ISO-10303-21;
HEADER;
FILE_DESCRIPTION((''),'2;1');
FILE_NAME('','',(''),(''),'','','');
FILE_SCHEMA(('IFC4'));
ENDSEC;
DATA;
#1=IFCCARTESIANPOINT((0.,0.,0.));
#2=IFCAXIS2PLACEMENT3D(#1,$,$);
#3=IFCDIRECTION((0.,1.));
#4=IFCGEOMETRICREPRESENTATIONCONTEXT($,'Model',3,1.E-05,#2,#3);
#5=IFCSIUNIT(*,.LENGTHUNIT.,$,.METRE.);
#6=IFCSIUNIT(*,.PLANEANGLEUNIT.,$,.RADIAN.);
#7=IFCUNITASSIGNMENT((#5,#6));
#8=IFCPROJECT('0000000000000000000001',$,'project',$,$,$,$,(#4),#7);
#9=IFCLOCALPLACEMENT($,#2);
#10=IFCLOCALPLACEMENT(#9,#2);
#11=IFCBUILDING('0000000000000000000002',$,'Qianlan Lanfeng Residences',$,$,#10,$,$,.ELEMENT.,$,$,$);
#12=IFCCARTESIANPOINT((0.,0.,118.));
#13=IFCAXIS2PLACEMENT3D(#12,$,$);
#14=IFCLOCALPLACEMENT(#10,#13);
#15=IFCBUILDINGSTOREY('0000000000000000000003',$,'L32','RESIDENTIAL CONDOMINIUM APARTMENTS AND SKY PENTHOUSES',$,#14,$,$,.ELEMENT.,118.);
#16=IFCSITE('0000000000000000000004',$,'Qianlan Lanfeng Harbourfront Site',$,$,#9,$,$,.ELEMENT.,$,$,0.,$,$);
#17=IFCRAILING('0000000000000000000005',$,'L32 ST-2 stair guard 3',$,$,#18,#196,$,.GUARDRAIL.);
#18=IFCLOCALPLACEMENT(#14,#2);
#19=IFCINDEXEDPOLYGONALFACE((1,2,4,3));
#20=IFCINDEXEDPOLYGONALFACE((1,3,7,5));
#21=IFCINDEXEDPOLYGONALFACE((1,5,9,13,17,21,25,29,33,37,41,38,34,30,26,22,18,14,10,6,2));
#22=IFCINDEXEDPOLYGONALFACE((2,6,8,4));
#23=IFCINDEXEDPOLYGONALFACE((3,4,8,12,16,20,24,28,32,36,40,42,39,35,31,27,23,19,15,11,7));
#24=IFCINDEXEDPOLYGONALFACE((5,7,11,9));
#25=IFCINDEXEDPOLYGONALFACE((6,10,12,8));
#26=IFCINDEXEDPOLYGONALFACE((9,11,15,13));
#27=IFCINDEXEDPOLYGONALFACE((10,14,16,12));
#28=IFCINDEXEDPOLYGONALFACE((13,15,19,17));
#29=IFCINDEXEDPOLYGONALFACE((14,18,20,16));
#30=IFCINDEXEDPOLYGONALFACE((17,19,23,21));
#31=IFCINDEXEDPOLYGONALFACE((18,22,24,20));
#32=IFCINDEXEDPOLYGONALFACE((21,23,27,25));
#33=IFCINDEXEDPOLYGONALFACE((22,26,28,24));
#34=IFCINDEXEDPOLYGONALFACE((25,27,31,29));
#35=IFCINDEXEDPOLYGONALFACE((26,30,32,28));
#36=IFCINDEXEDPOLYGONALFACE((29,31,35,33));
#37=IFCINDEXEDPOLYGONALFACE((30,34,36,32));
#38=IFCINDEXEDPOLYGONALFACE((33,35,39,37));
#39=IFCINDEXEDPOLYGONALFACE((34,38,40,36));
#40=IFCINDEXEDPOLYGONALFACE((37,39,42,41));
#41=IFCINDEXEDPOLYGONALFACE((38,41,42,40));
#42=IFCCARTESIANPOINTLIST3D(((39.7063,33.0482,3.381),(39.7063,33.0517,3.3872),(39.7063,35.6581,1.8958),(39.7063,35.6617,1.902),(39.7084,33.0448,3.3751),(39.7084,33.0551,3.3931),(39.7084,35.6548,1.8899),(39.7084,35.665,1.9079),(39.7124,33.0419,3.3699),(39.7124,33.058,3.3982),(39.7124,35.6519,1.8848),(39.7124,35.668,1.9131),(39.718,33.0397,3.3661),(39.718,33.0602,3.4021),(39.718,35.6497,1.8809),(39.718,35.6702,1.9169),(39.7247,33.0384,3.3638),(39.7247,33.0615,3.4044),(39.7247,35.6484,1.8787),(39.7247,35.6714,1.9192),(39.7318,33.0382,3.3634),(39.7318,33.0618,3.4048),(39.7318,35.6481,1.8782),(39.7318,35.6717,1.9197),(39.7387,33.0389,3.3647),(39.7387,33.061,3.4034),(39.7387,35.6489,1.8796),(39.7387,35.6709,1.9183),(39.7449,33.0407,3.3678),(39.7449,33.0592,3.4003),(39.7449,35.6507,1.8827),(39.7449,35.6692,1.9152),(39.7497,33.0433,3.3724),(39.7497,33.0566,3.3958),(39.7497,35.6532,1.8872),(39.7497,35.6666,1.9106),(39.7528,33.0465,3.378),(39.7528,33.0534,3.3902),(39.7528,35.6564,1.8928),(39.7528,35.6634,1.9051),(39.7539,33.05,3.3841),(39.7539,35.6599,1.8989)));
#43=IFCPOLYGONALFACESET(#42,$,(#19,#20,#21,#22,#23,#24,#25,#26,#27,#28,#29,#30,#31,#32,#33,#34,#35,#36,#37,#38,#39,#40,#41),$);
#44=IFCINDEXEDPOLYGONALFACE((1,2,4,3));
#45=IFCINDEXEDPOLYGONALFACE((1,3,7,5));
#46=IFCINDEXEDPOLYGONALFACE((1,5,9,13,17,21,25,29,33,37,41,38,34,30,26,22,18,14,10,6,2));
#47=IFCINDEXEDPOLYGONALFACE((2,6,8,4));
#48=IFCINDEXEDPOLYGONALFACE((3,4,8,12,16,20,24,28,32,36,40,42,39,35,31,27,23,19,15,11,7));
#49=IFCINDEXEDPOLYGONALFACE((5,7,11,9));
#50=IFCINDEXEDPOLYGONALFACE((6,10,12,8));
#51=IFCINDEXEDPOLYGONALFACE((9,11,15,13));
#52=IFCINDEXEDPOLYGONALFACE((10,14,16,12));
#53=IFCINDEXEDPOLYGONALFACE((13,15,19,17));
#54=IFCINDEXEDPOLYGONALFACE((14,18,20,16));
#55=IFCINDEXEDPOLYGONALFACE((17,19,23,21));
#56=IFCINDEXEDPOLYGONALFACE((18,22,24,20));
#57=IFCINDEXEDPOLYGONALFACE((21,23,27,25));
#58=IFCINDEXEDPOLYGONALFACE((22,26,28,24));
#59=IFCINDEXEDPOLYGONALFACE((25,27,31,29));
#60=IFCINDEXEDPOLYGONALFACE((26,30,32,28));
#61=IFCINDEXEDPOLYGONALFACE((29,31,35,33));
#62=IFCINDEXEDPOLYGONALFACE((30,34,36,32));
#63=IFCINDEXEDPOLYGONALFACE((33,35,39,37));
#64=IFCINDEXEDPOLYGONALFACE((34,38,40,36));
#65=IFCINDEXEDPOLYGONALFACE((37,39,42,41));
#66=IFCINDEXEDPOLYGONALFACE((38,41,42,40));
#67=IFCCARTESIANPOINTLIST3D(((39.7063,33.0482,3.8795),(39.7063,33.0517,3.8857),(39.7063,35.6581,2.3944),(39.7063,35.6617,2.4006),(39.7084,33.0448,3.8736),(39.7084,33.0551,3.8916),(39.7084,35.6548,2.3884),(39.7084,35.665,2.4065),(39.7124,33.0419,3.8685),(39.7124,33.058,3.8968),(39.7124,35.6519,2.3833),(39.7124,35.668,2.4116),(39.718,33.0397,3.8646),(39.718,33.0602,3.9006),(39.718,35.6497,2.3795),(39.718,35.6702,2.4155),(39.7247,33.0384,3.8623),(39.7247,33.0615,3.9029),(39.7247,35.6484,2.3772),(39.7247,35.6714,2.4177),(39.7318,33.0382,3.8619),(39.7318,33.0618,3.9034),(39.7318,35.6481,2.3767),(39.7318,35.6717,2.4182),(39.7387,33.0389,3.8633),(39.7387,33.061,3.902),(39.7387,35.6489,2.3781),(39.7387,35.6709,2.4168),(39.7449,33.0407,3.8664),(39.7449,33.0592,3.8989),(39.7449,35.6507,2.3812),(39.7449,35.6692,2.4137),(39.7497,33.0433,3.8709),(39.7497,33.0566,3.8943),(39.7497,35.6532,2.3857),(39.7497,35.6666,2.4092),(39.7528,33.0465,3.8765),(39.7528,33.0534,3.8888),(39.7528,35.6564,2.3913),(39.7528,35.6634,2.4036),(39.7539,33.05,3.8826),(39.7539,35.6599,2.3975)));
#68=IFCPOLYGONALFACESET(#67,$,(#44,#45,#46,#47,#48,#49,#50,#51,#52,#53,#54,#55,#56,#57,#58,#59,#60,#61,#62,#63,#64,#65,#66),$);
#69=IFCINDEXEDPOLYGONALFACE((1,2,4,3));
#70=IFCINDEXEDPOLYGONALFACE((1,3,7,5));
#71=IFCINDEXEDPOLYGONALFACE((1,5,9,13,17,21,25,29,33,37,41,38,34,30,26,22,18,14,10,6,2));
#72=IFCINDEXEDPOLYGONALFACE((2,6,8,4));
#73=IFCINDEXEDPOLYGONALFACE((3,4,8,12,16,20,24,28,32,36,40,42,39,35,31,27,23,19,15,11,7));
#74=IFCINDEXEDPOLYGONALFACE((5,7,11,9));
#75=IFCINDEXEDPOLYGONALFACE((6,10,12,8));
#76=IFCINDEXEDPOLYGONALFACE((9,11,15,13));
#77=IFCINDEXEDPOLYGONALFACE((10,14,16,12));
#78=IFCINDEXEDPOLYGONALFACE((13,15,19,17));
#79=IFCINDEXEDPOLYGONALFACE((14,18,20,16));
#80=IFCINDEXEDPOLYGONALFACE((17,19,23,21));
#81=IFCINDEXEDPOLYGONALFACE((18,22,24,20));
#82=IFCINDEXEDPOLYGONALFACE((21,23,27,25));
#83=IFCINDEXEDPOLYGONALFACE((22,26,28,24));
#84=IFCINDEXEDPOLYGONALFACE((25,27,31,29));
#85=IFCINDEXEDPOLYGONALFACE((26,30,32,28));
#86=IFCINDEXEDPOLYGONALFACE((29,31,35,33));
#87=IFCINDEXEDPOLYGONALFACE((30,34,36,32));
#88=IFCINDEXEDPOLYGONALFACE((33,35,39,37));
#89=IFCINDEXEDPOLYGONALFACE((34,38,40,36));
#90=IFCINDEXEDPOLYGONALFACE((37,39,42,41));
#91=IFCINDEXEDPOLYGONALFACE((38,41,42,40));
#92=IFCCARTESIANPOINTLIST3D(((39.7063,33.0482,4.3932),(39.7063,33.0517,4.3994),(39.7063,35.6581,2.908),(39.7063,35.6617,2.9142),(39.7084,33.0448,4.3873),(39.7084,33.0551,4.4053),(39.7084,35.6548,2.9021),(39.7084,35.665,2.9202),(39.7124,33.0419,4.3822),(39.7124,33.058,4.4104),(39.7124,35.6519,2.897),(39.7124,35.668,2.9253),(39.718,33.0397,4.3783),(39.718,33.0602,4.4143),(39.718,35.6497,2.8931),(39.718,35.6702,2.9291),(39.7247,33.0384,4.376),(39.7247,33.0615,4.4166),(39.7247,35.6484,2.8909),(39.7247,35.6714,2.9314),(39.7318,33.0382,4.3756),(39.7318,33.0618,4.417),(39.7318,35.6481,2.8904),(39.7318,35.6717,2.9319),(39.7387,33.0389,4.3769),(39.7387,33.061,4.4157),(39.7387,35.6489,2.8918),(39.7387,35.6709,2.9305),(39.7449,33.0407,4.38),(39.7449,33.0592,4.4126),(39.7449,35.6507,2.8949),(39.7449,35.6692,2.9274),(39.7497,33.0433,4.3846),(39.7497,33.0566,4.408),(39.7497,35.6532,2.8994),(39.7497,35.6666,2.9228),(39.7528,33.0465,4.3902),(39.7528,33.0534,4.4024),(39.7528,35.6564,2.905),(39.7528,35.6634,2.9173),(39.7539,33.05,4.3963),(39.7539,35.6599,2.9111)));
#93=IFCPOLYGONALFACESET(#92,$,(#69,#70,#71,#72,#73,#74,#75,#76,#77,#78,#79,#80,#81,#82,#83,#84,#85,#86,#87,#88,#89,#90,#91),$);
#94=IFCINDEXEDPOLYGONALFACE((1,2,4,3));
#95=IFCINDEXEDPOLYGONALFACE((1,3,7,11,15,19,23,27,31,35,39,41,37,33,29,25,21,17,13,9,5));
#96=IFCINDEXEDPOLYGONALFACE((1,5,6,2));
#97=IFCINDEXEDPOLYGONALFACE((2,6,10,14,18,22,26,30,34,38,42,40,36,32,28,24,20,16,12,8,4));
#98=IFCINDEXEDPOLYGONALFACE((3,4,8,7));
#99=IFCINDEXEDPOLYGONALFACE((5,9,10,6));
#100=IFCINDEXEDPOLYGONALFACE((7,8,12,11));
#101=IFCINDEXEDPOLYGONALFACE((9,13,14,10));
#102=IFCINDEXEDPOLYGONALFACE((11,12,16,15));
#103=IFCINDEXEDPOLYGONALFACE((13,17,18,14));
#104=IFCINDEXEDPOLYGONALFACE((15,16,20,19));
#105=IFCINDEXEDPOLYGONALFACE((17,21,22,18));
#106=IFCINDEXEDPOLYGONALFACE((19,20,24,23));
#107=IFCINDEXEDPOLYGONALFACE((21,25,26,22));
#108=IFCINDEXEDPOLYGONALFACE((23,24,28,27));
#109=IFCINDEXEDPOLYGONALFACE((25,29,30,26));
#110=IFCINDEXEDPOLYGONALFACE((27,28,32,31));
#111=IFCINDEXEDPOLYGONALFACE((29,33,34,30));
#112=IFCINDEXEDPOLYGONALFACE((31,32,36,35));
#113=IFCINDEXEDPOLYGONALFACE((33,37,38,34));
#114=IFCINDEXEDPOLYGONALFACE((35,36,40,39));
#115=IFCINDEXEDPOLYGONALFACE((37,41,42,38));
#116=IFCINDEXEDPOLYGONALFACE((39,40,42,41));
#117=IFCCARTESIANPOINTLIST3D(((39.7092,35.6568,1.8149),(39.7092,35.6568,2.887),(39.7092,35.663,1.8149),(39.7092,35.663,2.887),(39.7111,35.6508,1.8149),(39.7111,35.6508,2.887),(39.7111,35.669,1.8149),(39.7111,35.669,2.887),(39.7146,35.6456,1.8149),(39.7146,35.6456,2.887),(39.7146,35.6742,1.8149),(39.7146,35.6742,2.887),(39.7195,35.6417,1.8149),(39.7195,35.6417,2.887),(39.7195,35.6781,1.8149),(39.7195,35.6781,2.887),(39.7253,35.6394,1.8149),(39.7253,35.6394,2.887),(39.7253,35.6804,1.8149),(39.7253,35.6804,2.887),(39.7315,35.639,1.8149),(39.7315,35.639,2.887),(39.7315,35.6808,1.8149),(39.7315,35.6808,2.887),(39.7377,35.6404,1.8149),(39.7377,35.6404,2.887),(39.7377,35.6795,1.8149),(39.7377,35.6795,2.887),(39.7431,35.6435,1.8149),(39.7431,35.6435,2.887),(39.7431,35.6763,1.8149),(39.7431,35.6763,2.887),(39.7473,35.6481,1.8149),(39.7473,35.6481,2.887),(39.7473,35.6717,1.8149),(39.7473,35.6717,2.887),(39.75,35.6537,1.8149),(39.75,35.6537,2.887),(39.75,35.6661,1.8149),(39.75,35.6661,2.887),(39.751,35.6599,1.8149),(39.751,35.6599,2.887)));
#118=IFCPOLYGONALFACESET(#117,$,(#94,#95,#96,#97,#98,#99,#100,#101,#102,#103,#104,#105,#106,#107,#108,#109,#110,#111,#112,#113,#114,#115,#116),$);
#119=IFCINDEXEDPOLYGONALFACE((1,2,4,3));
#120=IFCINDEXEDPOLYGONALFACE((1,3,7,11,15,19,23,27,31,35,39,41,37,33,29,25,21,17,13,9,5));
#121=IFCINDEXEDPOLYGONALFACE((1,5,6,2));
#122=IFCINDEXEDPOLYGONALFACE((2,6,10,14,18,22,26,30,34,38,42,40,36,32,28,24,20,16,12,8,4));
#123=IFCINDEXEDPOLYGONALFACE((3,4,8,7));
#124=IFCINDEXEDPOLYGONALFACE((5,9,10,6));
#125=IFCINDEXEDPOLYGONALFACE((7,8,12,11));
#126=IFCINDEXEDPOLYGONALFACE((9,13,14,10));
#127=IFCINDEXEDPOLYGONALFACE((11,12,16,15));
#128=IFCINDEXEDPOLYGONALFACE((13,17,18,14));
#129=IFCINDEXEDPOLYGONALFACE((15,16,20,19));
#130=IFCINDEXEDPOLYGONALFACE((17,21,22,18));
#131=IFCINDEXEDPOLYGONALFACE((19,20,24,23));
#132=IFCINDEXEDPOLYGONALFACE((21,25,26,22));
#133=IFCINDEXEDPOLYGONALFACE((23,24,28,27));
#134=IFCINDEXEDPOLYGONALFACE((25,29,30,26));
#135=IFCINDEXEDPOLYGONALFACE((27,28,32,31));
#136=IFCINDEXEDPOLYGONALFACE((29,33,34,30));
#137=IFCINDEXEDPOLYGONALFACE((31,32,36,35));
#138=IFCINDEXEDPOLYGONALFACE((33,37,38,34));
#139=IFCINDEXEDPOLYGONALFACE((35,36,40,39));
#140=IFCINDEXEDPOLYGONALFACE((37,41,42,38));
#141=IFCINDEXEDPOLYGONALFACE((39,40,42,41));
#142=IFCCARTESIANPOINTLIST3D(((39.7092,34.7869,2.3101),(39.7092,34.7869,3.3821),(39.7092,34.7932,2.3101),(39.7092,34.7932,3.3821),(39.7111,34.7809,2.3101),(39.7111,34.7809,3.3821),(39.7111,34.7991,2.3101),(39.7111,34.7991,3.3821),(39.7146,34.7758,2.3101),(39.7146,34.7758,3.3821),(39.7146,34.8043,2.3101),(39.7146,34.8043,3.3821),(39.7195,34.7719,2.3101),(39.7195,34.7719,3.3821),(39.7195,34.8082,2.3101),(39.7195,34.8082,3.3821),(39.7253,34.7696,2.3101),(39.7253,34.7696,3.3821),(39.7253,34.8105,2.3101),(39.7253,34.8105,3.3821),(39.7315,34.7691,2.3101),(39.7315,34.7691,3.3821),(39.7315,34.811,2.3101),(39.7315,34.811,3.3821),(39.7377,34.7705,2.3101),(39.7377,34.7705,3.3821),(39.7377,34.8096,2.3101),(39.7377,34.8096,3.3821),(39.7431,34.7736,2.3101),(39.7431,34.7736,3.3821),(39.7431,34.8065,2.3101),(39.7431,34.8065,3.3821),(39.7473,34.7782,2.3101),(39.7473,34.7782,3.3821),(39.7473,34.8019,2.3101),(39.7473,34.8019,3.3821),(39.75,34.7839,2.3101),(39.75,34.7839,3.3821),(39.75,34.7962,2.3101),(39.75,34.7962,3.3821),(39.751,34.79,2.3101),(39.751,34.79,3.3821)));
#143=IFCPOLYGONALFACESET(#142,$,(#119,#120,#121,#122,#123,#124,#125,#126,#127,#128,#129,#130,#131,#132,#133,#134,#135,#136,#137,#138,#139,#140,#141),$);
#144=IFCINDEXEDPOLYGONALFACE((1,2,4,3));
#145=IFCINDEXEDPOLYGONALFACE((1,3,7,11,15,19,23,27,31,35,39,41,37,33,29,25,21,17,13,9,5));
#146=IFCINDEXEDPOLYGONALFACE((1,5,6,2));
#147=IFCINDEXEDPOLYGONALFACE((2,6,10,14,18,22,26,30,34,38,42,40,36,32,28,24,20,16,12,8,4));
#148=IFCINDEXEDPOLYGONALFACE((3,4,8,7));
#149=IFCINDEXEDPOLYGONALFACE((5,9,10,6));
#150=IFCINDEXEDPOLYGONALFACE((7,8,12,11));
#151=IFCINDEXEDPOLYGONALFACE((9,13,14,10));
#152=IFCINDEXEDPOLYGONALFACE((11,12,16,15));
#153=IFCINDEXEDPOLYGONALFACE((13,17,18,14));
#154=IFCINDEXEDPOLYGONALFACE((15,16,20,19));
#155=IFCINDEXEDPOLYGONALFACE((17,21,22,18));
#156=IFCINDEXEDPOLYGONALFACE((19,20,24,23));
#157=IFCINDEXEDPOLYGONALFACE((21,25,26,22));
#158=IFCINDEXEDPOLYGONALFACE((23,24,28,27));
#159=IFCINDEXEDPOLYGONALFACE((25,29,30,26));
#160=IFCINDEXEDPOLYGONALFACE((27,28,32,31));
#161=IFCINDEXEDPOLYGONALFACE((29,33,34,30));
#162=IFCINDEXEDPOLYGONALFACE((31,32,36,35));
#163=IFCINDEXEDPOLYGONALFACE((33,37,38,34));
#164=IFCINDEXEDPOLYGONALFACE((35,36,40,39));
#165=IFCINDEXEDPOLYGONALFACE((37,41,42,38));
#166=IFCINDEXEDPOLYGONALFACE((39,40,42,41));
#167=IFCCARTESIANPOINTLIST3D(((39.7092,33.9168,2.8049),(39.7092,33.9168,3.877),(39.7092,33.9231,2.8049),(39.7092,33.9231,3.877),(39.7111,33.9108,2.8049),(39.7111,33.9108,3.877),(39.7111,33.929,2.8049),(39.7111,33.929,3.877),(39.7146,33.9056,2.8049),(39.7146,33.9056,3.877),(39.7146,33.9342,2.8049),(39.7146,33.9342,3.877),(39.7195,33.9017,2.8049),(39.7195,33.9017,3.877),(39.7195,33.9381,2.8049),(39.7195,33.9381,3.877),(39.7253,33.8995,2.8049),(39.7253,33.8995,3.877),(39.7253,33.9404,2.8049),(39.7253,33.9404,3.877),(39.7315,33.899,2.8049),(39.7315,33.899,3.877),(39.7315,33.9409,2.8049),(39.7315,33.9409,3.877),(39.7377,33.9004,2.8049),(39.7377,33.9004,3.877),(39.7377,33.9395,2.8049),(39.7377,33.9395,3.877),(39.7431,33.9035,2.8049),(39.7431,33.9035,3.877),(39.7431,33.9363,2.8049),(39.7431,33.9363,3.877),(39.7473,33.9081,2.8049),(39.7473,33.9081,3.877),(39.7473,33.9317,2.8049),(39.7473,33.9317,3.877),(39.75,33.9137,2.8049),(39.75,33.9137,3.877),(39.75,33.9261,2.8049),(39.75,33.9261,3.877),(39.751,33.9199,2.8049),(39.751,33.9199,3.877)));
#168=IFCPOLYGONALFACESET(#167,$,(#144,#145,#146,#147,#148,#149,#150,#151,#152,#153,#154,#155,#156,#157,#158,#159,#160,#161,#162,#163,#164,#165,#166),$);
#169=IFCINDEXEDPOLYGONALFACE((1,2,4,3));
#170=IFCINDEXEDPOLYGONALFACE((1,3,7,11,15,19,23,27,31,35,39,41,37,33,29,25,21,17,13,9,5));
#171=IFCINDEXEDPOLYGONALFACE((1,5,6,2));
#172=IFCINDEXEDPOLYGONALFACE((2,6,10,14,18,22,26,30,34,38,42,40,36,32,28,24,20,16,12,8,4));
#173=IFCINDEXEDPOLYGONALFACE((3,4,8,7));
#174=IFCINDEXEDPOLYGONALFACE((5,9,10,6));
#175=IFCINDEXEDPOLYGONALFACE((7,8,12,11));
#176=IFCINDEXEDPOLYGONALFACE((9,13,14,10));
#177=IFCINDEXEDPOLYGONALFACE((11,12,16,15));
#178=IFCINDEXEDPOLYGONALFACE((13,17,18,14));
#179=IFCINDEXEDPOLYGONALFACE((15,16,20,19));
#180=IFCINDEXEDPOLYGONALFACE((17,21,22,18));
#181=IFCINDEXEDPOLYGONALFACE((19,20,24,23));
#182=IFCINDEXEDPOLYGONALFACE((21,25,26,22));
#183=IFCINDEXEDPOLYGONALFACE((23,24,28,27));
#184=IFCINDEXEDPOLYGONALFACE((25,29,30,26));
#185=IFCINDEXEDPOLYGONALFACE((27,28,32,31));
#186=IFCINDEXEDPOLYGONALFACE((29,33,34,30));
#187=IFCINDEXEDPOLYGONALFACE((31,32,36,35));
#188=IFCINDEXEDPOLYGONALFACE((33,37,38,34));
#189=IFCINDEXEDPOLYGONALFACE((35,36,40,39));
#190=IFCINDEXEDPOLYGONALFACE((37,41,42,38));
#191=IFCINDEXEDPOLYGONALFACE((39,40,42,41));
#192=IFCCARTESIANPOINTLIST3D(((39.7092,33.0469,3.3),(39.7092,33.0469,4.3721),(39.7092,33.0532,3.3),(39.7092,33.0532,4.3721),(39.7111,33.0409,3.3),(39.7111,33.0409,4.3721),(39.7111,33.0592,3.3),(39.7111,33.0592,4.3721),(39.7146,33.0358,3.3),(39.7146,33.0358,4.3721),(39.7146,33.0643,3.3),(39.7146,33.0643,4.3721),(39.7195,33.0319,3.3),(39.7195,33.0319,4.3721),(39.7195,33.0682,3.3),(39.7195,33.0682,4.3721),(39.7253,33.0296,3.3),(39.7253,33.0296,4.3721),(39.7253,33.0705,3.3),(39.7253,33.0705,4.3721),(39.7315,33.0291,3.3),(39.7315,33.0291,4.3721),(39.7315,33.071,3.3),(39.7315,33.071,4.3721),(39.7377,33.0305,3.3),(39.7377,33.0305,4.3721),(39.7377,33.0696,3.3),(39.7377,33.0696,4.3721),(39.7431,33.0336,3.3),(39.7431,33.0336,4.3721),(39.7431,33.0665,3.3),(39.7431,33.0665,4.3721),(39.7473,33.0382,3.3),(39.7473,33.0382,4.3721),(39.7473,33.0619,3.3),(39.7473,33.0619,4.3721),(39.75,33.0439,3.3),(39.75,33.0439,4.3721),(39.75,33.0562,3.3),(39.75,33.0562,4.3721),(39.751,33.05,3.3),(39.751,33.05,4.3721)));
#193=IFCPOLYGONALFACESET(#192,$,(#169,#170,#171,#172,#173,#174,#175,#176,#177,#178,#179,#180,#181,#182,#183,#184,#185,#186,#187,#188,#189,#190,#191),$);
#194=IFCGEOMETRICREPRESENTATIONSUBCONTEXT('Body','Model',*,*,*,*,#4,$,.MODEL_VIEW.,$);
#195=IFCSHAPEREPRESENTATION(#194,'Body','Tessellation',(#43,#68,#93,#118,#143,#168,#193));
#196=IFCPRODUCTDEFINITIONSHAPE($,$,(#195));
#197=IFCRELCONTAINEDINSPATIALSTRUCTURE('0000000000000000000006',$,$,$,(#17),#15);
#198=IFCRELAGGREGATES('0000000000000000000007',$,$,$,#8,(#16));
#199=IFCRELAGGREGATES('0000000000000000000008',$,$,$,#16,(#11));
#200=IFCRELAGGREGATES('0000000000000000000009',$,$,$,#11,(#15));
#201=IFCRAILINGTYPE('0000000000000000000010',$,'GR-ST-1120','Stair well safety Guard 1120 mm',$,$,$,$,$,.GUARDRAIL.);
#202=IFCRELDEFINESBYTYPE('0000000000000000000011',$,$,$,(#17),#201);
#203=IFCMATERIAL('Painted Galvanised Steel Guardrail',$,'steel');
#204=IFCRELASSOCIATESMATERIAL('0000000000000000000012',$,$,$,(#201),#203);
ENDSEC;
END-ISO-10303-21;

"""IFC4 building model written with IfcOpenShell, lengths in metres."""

from ifc_helpers import new_model, si_unit, direction, frame, origin, origin_2d, place, context, subcontext, project, spatial, circle, extrude, material, type_object, element, save


model = new_model("IFC4")

# Units and contexts
model_context = context("Model", 3, precision=1e-05, world=origin(), true_north=direction((0.0, 1.0)))
body_context = subcontext(model_context, "Body", "Model", "MODEL_VIEW")
ifc_project = project(units=[si_unit("LENGTHUNIT", "METRE"), si_unit("PLANEANGLEUNIT", "RADIAN")], contexts=[model_context])

# Site, building, storey
site_placement = place(None, origin())
site = spatial("IfcSite", under=ifc_project, at=site_placement, Name="Qianlan Lanfeng Harbourfront Site", CompositionType="ELEMENT", RefElevation=0.0)
building_placement = place(site_placement, origin())
building = spatial("IfcBuilding", under=site, at=building_placement, Name="Qianlan Lanfeng Residences", CompositionType="ELEMENT")
storey_placement = place(building_placement, frame((0.0, 0.0, 118.0)))
storey = spatial("IfcBuildingStorey", under=building, at=storey_placement, Name="L32", Description="RESIDENTIAL CONDOMINIUM APARTMENTS AND SKY PENTHOUSES", CompositionType="ELEMENT", Elevation=118.0)

# Railing
ifc_material_1 = material(Name="Painted Galvanised Steel Guardrail", Category="steel")
railing_type_1 = type_object("IfcRailingType", Name="GR-ST-1120", Description="Stair well safety Guard 1120 mm", PredefinedType="GUARDRAIL", material=ifc_material_1)
railing_1_placement = place(storey_placement, frame((39.73, 35.6599, 1.8149)))
element("IfcRailing", 1, at=railing_1_placement, inside=storey, type_object=railing_type_1, Name="L32 ST-2 stair guard 3", PredefinedType="GUARDRAIL", context=body_context, shape_type="SweptSolid", body=[
    extrude(circle(Radius=0.0239, at=origin_2d()), frame((0.0, 0.0, 0.084), z_axis=(0.0, -0.869137, 0.494571), x_axis=(1.0, 0.0, 0.0)), (0.0, 0.0, 1.0), 3.0029),
    extrude(circle(Radius=0.0239, at=origin_2d()), frame((0.0, 0.0, 0.5825), z_axis=(0.0, -0.869137, 0.494571), x_axis=(1.0, 0.0, 0.0)), (0.0, 0.0, 1.0), 3.0029),
    extrude(circle(Radius=0.0239, at=origin_2d()), frame((0.0, 0.0, 1.0962), z_axis=(0.0, -0.869137, 0.494571), x_axis=(1.0, 0.0, 0.0)), (0.0, 0.0, 1.0), 3.0029),
    extrude(circle(Radius=0.021, at=origin_2d()), origin(), (0.0, 0.0, 1.0), 1.072),
    extrude(circle(Radius=0.021, at=origin_2d()), frame((0.0, -0.8699, 0.4951)), (0.0, 0.0, 1.0), 1.072),
    extrude(circle(Radius=0.021, at=origin_2d()), frame((0.0, -1.74, 0.99)), (0.0, 0.0, 1.0), 1.072),
    extrude(circle(Radius=0.021, at=origin_2d()), frame((0.0, -2.6099, 1.4851)), (0.0, 0.0, 1.0), 1.072),
])

save(model, "model.ifc")
